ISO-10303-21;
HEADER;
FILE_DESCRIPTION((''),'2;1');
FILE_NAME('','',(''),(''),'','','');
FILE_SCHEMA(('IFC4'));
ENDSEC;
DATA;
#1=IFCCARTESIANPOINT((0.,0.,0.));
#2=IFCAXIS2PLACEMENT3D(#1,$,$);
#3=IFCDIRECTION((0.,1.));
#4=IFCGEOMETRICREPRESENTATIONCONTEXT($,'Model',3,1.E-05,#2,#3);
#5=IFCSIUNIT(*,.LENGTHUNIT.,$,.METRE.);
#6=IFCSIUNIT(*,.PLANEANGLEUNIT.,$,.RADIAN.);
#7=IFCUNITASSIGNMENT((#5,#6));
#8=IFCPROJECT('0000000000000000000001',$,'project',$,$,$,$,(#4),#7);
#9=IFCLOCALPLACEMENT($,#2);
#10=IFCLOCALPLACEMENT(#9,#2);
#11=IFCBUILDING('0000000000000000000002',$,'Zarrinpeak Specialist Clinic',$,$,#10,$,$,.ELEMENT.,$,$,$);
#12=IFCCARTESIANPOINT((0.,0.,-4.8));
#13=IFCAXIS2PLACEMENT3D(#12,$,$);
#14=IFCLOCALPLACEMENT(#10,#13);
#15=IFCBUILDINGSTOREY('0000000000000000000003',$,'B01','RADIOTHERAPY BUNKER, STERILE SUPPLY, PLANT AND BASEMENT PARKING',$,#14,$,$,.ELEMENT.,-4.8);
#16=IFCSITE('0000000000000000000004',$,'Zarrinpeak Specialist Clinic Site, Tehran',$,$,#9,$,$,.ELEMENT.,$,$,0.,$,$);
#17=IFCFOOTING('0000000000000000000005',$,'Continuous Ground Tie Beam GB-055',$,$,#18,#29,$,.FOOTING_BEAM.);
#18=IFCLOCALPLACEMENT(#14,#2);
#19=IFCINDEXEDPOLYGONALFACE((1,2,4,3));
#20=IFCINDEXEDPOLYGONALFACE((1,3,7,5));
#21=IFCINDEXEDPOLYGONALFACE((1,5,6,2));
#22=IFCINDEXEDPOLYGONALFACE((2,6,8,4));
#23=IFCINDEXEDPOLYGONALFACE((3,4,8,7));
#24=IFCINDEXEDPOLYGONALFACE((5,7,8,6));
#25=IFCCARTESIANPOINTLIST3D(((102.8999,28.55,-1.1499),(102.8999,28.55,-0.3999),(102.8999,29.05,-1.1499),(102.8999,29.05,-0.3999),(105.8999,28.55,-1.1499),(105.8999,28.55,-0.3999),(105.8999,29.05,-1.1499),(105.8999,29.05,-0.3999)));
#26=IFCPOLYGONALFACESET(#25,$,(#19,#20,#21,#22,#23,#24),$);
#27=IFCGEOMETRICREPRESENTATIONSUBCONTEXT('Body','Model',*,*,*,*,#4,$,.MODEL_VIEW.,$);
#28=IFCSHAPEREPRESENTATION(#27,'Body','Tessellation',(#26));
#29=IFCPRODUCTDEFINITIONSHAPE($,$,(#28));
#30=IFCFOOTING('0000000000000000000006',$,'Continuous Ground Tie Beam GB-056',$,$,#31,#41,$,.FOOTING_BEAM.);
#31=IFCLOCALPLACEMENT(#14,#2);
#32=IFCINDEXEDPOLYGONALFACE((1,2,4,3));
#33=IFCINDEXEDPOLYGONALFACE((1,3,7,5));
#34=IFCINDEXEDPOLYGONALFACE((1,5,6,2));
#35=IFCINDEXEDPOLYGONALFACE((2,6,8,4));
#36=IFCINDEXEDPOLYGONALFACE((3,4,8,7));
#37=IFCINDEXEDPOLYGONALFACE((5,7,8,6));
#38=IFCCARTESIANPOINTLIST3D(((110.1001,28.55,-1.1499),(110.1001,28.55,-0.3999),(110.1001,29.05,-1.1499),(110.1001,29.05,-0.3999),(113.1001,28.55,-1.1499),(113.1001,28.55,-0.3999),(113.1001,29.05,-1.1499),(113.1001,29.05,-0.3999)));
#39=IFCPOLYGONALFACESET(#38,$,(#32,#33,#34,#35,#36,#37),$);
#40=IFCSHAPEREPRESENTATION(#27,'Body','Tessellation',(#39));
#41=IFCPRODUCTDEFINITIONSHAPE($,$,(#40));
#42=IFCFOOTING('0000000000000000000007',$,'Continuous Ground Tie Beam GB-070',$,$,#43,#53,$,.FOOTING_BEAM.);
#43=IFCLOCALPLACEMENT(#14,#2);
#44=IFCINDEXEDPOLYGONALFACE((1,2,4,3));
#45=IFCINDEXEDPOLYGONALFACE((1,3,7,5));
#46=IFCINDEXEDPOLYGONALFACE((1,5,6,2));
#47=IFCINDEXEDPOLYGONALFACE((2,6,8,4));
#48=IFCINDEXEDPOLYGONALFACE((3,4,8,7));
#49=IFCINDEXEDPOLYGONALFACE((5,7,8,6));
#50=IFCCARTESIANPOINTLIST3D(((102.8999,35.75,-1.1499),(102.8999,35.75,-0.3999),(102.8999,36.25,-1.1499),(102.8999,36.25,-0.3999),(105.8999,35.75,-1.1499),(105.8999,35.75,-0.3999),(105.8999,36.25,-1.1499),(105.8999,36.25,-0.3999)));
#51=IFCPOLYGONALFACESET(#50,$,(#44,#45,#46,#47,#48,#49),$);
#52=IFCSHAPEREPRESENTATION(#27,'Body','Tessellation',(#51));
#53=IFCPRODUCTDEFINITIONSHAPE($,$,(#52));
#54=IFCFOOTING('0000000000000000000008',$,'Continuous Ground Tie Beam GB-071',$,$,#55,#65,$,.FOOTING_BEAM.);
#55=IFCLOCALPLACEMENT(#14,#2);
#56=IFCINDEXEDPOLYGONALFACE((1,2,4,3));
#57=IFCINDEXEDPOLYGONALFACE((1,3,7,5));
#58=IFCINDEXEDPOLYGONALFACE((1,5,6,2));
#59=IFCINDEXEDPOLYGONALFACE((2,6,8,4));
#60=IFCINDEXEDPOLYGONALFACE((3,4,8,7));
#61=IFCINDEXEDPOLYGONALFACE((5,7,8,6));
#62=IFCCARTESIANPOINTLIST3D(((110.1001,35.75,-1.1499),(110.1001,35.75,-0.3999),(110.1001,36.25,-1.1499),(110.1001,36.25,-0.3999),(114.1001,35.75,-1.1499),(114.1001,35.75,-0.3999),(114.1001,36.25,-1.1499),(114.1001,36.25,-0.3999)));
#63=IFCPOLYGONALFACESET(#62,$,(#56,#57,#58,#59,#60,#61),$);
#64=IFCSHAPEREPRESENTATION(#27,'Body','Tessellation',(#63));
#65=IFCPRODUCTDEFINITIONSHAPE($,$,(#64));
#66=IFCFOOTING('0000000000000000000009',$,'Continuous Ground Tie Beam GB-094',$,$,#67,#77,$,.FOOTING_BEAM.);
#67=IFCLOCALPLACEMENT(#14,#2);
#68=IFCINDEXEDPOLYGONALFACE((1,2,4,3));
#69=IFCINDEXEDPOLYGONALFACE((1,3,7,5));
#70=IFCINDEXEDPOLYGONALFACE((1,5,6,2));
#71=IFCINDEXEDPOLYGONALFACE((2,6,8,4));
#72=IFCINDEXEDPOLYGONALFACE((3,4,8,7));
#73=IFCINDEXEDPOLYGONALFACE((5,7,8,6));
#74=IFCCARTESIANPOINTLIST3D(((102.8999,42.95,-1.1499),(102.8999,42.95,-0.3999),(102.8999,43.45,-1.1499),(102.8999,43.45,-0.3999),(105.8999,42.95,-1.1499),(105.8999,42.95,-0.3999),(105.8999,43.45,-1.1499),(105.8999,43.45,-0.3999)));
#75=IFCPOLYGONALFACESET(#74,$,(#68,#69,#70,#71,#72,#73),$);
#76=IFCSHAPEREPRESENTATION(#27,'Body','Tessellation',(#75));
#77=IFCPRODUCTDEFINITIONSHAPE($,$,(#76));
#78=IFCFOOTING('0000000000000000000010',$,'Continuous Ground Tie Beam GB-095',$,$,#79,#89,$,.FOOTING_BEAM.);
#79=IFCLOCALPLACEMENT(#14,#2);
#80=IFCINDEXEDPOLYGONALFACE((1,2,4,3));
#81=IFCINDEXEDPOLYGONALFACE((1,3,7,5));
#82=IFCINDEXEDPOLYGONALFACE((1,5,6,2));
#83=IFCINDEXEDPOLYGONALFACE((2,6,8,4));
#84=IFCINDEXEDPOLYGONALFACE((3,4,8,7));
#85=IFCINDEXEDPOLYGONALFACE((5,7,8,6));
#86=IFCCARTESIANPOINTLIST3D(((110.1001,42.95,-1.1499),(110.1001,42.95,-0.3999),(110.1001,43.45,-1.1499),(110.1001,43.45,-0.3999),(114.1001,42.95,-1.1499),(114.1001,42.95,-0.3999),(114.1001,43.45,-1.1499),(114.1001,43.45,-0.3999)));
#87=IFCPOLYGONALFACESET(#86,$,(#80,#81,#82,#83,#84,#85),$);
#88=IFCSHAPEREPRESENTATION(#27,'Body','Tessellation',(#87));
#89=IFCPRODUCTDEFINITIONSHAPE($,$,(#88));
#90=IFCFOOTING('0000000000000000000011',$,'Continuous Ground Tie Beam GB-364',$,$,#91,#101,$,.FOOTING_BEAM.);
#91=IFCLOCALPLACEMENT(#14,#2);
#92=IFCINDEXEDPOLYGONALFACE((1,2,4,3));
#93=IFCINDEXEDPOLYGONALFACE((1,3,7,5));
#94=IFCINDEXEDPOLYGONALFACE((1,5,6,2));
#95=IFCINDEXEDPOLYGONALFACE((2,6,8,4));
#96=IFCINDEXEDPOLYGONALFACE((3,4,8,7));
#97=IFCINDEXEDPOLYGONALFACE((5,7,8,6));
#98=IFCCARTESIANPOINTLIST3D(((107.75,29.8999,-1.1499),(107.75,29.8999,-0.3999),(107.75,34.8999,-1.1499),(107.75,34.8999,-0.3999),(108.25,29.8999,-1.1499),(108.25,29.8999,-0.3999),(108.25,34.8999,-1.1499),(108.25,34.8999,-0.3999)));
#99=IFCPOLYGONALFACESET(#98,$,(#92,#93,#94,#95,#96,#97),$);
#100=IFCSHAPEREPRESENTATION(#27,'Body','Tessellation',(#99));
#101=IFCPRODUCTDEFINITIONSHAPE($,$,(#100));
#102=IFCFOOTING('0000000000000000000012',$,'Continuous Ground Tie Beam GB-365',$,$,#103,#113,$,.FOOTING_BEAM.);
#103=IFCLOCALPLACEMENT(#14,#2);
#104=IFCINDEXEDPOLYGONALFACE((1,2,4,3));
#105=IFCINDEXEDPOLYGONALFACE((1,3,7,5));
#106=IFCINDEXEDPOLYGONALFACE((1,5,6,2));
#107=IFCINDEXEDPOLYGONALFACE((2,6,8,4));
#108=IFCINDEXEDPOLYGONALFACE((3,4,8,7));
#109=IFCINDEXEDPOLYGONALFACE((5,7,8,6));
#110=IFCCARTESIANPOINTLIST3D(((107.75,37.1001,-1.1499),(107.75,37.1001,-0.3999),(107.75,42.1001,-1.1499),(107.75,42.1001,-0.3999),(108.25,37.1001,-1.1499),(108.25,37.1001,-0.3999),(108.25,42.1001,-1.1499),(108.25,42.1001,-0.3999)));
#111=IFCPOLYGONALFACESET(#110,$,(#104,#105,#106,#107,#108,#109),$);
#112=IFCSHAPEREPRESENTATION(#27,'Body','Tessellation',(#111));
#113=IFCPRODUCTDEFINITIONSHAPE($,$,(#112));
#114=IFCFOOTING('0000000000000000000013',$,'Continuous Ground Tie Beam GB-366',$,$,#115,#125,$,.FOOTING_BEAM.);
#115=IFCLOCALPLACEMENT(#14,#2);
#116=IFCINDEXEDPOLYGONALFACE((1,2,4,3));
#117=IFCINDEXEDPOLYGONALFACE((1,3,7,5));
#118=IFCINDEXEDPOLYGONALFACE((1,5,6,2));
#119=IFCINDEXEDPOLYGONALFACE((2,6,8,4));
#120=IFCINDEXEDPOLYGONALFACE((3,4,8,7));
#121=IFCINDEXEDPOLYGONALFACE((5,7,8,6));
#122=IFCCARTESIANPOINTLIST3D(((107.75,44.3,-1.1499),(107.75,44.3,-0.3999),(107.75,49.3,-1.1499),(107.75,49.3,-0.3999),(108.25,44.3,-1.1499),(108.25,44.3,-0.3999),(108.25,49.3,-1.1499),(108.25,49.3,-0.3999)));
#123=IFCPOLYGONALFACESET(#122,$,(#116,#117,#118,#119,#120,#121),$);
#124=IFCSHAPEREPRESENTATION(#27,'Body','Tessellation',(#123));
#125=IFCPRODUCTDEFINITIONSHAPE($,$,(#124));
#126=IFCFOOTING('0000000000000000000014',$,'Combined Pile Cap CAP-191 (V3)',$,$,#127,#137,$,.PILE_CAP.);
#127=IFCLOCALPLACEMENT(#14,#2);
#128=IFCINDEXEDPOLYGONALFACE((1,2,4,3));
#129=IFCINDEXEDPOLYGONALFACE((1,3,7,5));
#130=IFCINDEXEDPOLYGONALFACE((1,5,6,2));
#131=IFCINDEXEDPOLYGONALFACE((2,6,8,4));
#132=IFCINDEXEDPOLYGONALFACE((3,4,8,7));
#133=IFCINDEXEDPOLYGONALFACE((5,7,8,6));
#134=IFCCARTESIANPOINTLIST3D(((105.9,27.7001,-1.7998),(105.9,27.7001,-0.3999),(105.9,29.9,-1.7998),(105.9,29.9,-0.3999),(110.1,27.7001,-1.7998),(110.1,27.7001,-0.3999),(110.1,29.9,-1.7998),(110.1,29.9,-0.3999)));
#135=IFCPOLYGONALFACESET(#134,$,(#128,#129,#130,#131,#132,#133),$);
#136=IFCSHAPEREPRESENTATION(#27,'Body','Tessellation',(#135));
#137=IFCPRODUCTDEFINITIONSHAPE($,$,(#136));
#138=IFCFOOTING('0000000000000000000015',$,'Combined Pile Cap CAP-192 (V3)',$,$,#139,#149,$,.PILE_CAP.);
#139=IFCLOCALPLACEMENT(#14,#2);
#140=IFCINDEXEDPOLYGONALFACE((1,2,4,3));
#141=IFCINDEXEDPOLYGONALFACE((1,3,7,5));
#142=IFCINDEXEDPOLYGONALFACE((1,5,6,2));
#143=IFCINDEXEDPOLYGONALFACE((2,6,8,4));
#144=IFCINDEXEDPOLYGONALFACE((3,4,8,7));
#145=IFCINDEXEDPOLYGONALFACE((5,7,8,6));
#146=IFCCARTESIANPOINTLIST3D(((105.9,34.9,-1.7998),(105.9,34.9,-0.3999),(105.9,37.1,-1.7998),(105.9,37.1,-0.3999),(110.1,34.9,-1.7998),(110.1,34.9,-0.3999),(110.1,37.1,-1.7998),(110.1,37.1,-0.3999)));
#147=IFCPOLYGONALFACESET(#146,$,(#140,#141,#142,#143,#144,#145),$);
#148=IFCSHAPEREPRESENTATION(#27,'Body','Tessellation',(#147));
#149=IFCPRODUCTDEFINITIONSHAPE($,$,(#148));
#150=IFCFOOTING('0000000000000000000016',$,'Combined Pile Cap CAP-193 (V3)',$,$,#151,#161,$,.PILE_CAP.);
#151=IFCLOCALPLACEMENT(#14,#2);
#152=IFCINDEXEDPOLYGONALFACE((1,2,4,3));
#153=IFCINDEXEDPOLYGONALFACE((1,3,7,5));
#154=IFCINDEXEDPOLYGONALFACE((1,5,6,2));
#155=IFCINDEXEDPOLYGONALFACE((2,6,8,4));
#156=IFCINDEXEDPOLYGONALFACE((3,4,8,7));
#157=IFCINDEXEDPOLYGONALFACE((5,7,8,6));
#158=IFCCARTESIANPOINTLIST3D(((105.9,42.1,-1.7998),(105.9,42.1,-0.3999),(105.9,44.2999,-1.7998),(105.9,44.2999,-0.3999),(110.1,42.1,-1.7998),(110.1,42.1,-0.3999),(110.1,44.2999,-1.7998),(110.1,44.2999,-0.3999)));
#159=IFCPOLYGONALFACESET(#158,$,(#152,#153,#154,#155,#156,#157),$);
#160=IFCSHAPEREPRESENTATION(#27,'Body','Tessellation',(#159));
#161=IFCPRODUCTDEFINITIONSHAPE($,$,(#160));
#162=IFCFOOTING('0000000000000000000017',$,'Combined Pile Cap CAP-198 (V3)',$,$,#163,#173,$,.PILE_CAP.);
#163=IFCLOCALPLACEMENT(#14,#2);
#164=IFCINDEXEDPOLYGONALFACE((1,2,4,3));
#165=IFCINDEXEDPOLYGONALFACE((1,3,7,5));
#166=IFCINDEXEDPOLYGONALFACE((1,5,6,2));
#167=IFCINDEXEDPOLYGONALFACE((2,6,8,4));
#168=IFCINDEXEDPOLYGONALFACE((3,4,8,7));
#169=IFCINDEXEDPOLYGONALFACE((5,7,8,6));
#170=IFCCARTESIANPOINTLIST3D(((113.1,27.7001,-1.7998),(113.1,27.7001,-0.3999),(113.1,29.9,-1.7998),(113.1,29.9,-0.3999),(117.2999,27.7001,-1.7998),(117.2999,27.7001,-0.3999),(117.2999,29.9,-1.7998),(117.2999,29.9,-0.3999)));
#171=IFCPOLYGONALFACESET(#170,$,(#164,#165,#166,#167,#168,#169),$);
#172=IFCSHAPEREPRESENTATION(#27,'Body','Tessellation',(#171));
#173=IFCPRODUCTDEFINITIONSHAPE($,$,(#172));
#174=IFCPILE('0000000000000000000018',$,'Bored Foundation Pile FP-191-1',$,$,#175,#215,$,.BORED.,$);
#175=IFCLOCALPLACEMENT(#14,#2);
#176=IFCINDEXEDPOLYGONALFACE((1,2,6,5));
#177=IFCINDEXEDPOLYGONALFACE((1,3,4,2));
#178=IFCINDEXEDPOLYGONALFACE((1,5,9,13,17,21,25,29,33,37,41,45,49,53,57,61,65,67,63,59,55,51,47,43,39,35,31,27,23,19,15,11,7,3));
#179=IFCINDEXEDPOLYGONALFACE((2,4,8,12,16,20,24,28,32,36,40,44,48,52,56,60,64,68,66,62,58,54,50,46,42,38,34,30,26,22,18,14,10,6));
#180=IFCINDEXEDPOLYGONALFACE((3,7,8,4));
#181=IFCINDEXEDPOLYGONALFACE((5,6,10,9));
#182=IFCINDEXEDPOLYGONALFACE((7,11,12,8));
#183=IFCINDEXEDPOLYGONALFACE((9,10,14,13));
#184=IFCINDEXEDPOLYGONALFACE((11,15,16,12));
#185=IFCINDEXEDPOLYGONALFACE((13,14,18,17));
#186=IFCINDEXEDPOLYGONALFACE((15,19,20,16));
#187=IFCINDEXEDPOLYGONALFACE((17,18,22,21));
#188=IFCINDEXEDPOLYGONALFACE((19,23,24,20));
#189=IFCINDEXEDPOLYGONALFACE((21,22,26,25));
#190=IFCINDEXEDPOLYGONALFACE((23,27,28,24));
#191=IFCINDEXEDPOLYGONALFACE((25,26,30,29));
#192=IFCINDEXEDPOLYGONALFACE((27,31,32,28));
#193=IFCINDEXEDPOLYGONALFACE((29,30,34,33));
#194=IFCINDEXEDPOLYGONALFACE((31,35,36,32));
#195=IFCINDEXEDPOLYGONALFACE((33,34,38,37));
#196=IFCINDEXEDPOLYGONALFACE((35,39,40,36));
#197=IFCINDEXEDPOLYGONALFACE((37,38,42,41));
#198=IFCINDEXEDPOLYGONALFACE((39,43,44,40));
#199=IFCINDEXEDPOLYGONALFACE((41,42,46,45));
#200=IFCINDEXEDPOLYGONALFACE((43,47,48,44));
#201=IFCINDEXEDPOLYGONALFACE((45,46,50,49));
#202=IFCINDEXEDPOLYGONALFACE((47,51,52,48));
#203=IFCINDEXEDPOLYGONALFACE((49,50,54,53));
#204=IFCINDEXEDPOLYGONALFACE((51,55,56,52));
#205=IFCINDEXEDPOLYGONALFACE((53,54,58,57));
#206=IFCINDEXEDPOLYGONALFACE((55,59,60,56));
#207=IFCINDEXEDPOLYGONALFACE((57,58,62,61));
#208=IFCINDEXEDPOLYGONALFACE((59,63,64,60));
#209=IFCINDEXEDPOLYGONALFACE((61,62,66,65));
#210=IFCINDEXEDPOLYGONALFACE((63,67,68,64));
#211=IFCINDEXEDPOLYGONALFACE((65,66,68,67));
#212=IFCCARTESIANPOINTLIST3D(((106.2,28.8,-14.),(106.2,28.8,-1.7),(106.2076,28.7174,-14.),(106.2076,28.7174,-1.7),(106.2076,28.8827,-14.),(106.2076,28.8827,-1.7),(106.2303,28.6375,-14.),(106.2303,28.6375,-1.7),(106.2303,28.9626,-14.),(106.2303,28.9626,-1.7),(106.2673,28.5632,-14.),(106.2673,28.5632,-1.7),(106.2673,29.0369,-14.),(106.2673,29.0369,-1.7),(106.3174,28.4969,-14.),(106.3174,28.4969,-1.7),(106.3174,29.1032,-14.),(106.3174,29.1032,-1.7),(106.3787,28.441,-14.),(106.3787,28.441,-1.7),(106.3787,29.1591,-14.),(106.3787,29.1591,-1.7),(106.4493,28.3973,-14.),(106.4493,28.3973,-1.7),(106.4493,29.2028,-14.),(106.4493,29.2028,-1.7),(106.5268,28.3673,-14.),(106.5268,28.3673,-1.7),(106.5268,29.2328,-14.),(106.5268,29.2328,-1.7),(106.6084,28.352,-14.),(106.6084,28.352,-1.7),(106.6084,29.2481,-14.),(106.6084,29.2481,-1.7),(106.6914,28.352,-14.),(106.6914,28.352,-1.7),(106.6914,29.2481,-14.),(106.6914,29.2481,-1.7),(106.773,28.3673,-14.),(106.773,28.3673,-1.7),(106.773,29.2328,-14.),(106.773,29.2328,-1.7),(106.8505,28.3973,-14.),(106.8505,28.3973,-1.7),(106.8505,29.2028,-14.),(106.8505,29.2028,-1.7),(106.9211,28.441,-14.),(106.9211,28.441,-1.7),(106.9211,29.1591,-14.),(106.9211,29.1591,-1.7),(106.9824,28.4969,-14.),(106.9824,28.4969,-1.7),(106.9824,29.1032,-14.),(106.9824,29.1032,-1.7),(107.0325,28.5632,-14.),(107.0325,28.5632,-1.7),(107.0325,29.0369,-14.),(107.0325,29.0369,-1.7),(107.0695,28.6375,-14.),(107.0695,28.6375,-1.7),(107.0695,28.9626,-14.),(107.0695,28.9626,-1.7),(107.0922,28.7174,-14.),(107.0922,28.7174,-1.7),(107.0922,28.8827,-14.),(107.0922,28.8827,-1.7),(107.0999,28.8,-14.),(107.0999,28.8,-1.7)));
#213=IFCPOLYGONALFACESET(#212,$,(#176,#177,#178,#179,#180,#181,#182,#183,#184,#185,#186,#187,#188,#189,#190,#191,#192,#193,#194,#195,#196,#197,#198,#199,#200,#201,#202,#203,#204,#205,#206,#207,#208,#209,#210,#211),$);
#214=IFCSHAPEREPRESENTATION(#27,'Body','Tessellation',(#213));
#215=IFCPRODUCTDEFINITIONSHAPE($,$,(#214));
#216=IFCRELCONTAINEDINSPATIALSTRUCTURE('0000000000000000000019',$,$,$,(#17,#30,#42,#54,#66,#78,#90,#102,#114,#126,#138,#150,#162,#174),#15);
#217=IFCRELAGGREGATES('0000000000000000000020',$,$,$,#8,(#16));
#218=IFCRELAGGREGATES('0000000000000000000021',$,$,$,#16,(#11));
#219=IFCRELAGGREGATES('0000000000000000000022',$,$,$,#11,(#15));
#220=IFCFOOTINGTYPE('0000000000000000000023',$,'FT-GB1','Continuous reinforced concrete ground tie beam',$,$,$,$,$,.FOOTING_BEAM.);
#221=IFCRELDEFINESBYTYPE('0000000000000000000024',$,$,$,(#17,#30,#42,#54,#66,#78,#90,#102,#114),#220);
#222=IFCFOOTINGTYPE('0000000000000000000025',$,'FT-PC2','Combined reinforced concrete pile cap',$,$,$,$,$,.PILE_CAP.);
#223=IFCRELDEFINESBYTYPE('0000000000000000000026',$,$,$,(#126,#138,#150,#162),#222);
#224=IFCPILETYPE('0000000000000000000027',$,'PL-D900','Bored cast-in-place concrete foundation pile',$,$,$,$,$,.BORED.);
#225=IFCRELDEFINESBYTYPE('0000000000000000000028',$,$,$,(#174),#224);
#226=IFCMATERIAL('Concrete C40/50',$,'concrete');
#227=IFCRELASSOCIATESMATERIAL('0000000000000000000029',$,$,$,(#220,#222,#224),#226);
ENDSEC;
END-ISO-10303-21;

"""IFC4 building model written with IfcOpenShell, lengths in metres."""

from ifc_helpers import new_model, si_unit, direction, frame, origin, origin_2d, place, context, subcontext, project, spatial, rectangle, circle, extrude, material, material_profile, profile_set, type_object, element, save


model = new_model("IFC4")

# Units and contexts
model_context = context("Model", 3, precision=1e-05, world=origin(), true_north=direction((0.0, 1.0)))
body_context = subcontext(model_context, "Body", "Model", "MODEL_VIEW")
ifc_project = project(units=[si_unit("LENGTHUNIT", "METRE"), si_unit("PLANEANGLEUNIT", "RADIAN")], contexts=[model_context])

# Site, building, storey
site_placement = place(None, origin())
site = spatial("IfcSite", under=ifc_project, at=site_placement, Name="Zarrinpeak Specialist Clinic Site, Tehran", CompositionType="ELEMENT", RefElevation=0.0)
building_placement = place(site_placement, origin())
building = spatial("IfcBuilding", under=site, at=building_placement, Name="Zarrinpeak Specialist Clinic", CompositionType="ELEMENT")
storey_placement = place(building_placement, frame((0.0, 0.0, -4.8)))
storey = spatial("IfcBuildingStorey", under=building, at=storey_placement, Name="B01", Description="RADIOTHERAPY BUNKER, STERILE SUPPLY, PLANT AND BASEMENT PARKING", CompositionType="ELEMENT", Elevation=-4.8)

# Footings
ifc_material_1 = material(Name="Concrete C40/50", Category="concrete")
ifc_material_profile_1 = material_profile(ifc_material_1, rectangle(XDim=0.5, YDim=0.75, at=origin_2d()), Name="RC 500x750")
ifc_profile_set_1 = profile_set([ifc_material_profile_1], Name="Concrete C40/50")
footing_type_1 = type_object("IfcFootingType", Name="FT-GB1", Description="Continuous reinforced concrete ground tie beam", PredefinedType="FOOTING_BEAM", material=ifc_profile_set_1)
for number, where, z_axis, x_axis, name in (
    (1, (102.8999, 28.8, -0.7749), (1.0, 0.0, 0.0), (0.0, 1.0, 0.0), "Continuous Ground Tie Beam GB-055"),
    (2, (110.1001, 28.8, -0.7749), (1.0, 0.0, 0.0), (0.0, 1.0, 0.0), "Continuous Ground Tie Beam GB-056"),
    (3, (102.8999, 36.0, -0.7749), (1.0, 0.0, 0.0), (0.0, 1.0, 0.0), "Continuous Ground Tie Beam GB-070"),
):
    element("IfcFooting", number, at=place(storey_placement, frame(where, z_axis=z_axis, x_axis=x_axis)), inside=storey, type_object=footing_type_1, Name=name, PredefinedType="FOOTING_BEAM", context=body_context, shape_type="SweptSolid", body=[
        extrude(rectangle(XDim=0.5, YDim=0.75, at=origin_2d()), origin(), (0.0, 0.0, 1.0), 3.0),
    ])
footing_1_placement = place(storey_placement, frame((110.1001, 36.0, -0.7749), z_axis=(1.0, 0.0, 0.0), x_axis=(0.0, 1.0, 0.0)))
element("IfcFooting", 4, at=footing_1_placement, inside=storey, type_object=footing_type_1, Name="Continuous Ground Tie Beam GB-071", PredefinedType="FOOTING_BEAM", context=body_context, shape_type="SweptSolid", body=[
    extrude(rectangle(XDim=0.5, YDim=0.75, at=origin_2d()), origin(), (0.0, 0.0, 1.0), 4.0),
])
footing_2_placement = place(storey_placement, frame((102.8999, 43.2, -0.7749), z_axis=(1.0, 0.0, 0.0), x_axis=(0.0, 1.0, 0.0)))
element("IfcFooting", 5, at=footing_2_placement, inside=storey, type_object=footing_type_1, Name="Continuous Ground Tie Beam GB-094", PredefinedType="FOOTING_BEAM", context=body_context, shape_type="SweptSolid", body=[
    extrude(rectangle(XDim=0.5, YDim=0.75, at=origin_2d()), origin(), (0.0, 0.0, 1.0), 3.0),
])
footing_3_placement = place(storey_placement, frame((110.1001, 43.2, -0.7749), z_axis=(1.0, 0.0, 0.0), x_axis=(0.0, 1.0, 0.0)))
element("IfcFooting", 6, at=footing_3_placement, inside=storey, type_object=footing_type_1, Name="Continuous Ground Tie Beam GB-095", PredefinedType="FOOTING_BEAM", context=body_context, shape_type="SweptSolid", body=[
    extrude(rectangle(XDim=0.5, YDim=0.75, at=origin_2d()), origin(), (0.0, 0.0, 1.0), 4.0),
])
for number, where, z_axis, x_axis, name in (
    (7, (108.0, 29.8999, -0.7749), (0.0, 1.0, 0.0), (-1.0, 0.0, 0.0), "Continuous Ground Tie Beam GB-364"),
    (8, (108.0, 37.1001, -0.7749), (0.0, 1.0, 0.0), (-1.0, 0.0, 0.0), "Continuous Ground Tie Beam GB-365"),
    (9, (108.0, 44.3, -0.7749), (0.0, 1.0, 0.0), (-1.0, 0.0, 0.0), "Continuous Ground Tie Beam GB-366"),
):
    element("IfcFooting", number, at=place(storey_placement, frame(where, z_axis=z_axis, x_axis=x_axis)), inside=storey, type_object=footing_type_1, Name=name, PredefinedType="FOOTING_BEAM", context=body_context, shape_type="SweptSolid", body=[
        extrude(rectangle(XDim=0.5, YDim=0.75, at=origin_2d()), origin(), (0.0, 0.0, 1.0), 5.0),
    ])
footing_type_2 = type_object("IfcFootingType", Name="FT-PC2", Description="Combined reinforced concrete pile cap", PredefinedType="PILE_CAP", material=ifc_material_1)
for number, where, z_axis, x_axis, name in (
    (10, (108.0, 28.8, -1.7998), (0.0, 0.0, 1.0), (1.0, 0.0, 0.0), "Combined Pile Cap CAP-191 (V3)"),
    (11, (108.0, 36.0, -1.7998), (0.0, 0.0, 1.0), (1.0, 0.0, 0.0), "Combined Pile Cap CAP-192 (V3)"),
    (12, (108.0, 43.2, -1.7998), (0.0, 0.0, 1.0), (1.0, 0.0, 0.0), "Combined Pile Cap CAP-193 (V3)"),
    (13, (115.2, 28.8, -1.7998), (0.0, 0.0, 1.0), (1.0, 0.0, 0.0), "Combined Pile Cap CAP-198 (V3)"),
):
    element("IfcFooting", number, at=place(storey_placement, frame(where, z_axis=z_axis, x_axis=x_axis)), inside=storey, type_object=footing_type_2, Name=name, PredefinedType="PILE_CAP", context=body_context, shape_type="SweptSolid", body=[
        extrude(rectangle(XDim=4.2, YDim=2.2, at=origin_2d()), origin(), (0.0, 0.0, 1.0), 1.3999),
    ])

# Pile
ifc_material_profile_2 = material_profile(ifc_material_1, circle(Radius=0.45, at=origin_2d()), Name="BORED PILE D900")
ifc_profile_set_2 = profile_set([ifc_material_profile_2], Name="Concrete C40/50")
pile_type = type_object("IfcPileType", Name="PL-D900", Description="Bored cast-in-place concrete foundation pile", PredefinedType="BORED", material=ifc_profile_set_2)
for number, where, z_axis, x_axis, name in (
    (14, (106.6499, 28.8, -1.7), (0.0, 0.0, -1.0), (1.0, 0.0, 0.0), "Bored Foundation Pile FP-191-1"),
):
    element("IfcPile", number, at=place(storey_placement, frame(where, z_axis=z_axis, x_axis=x_axis)), inside=storey, type_object=pile_type, Name=name, PredefinedType="BORED", context=body_context, shape_type="SweptSolid", body=[
        extrude(circle(Radius=0.45, at=origin_2d()), origin(), (0.0, 0.0, 1.0), 12.3),
    ])

save(model, "model.ifc")
